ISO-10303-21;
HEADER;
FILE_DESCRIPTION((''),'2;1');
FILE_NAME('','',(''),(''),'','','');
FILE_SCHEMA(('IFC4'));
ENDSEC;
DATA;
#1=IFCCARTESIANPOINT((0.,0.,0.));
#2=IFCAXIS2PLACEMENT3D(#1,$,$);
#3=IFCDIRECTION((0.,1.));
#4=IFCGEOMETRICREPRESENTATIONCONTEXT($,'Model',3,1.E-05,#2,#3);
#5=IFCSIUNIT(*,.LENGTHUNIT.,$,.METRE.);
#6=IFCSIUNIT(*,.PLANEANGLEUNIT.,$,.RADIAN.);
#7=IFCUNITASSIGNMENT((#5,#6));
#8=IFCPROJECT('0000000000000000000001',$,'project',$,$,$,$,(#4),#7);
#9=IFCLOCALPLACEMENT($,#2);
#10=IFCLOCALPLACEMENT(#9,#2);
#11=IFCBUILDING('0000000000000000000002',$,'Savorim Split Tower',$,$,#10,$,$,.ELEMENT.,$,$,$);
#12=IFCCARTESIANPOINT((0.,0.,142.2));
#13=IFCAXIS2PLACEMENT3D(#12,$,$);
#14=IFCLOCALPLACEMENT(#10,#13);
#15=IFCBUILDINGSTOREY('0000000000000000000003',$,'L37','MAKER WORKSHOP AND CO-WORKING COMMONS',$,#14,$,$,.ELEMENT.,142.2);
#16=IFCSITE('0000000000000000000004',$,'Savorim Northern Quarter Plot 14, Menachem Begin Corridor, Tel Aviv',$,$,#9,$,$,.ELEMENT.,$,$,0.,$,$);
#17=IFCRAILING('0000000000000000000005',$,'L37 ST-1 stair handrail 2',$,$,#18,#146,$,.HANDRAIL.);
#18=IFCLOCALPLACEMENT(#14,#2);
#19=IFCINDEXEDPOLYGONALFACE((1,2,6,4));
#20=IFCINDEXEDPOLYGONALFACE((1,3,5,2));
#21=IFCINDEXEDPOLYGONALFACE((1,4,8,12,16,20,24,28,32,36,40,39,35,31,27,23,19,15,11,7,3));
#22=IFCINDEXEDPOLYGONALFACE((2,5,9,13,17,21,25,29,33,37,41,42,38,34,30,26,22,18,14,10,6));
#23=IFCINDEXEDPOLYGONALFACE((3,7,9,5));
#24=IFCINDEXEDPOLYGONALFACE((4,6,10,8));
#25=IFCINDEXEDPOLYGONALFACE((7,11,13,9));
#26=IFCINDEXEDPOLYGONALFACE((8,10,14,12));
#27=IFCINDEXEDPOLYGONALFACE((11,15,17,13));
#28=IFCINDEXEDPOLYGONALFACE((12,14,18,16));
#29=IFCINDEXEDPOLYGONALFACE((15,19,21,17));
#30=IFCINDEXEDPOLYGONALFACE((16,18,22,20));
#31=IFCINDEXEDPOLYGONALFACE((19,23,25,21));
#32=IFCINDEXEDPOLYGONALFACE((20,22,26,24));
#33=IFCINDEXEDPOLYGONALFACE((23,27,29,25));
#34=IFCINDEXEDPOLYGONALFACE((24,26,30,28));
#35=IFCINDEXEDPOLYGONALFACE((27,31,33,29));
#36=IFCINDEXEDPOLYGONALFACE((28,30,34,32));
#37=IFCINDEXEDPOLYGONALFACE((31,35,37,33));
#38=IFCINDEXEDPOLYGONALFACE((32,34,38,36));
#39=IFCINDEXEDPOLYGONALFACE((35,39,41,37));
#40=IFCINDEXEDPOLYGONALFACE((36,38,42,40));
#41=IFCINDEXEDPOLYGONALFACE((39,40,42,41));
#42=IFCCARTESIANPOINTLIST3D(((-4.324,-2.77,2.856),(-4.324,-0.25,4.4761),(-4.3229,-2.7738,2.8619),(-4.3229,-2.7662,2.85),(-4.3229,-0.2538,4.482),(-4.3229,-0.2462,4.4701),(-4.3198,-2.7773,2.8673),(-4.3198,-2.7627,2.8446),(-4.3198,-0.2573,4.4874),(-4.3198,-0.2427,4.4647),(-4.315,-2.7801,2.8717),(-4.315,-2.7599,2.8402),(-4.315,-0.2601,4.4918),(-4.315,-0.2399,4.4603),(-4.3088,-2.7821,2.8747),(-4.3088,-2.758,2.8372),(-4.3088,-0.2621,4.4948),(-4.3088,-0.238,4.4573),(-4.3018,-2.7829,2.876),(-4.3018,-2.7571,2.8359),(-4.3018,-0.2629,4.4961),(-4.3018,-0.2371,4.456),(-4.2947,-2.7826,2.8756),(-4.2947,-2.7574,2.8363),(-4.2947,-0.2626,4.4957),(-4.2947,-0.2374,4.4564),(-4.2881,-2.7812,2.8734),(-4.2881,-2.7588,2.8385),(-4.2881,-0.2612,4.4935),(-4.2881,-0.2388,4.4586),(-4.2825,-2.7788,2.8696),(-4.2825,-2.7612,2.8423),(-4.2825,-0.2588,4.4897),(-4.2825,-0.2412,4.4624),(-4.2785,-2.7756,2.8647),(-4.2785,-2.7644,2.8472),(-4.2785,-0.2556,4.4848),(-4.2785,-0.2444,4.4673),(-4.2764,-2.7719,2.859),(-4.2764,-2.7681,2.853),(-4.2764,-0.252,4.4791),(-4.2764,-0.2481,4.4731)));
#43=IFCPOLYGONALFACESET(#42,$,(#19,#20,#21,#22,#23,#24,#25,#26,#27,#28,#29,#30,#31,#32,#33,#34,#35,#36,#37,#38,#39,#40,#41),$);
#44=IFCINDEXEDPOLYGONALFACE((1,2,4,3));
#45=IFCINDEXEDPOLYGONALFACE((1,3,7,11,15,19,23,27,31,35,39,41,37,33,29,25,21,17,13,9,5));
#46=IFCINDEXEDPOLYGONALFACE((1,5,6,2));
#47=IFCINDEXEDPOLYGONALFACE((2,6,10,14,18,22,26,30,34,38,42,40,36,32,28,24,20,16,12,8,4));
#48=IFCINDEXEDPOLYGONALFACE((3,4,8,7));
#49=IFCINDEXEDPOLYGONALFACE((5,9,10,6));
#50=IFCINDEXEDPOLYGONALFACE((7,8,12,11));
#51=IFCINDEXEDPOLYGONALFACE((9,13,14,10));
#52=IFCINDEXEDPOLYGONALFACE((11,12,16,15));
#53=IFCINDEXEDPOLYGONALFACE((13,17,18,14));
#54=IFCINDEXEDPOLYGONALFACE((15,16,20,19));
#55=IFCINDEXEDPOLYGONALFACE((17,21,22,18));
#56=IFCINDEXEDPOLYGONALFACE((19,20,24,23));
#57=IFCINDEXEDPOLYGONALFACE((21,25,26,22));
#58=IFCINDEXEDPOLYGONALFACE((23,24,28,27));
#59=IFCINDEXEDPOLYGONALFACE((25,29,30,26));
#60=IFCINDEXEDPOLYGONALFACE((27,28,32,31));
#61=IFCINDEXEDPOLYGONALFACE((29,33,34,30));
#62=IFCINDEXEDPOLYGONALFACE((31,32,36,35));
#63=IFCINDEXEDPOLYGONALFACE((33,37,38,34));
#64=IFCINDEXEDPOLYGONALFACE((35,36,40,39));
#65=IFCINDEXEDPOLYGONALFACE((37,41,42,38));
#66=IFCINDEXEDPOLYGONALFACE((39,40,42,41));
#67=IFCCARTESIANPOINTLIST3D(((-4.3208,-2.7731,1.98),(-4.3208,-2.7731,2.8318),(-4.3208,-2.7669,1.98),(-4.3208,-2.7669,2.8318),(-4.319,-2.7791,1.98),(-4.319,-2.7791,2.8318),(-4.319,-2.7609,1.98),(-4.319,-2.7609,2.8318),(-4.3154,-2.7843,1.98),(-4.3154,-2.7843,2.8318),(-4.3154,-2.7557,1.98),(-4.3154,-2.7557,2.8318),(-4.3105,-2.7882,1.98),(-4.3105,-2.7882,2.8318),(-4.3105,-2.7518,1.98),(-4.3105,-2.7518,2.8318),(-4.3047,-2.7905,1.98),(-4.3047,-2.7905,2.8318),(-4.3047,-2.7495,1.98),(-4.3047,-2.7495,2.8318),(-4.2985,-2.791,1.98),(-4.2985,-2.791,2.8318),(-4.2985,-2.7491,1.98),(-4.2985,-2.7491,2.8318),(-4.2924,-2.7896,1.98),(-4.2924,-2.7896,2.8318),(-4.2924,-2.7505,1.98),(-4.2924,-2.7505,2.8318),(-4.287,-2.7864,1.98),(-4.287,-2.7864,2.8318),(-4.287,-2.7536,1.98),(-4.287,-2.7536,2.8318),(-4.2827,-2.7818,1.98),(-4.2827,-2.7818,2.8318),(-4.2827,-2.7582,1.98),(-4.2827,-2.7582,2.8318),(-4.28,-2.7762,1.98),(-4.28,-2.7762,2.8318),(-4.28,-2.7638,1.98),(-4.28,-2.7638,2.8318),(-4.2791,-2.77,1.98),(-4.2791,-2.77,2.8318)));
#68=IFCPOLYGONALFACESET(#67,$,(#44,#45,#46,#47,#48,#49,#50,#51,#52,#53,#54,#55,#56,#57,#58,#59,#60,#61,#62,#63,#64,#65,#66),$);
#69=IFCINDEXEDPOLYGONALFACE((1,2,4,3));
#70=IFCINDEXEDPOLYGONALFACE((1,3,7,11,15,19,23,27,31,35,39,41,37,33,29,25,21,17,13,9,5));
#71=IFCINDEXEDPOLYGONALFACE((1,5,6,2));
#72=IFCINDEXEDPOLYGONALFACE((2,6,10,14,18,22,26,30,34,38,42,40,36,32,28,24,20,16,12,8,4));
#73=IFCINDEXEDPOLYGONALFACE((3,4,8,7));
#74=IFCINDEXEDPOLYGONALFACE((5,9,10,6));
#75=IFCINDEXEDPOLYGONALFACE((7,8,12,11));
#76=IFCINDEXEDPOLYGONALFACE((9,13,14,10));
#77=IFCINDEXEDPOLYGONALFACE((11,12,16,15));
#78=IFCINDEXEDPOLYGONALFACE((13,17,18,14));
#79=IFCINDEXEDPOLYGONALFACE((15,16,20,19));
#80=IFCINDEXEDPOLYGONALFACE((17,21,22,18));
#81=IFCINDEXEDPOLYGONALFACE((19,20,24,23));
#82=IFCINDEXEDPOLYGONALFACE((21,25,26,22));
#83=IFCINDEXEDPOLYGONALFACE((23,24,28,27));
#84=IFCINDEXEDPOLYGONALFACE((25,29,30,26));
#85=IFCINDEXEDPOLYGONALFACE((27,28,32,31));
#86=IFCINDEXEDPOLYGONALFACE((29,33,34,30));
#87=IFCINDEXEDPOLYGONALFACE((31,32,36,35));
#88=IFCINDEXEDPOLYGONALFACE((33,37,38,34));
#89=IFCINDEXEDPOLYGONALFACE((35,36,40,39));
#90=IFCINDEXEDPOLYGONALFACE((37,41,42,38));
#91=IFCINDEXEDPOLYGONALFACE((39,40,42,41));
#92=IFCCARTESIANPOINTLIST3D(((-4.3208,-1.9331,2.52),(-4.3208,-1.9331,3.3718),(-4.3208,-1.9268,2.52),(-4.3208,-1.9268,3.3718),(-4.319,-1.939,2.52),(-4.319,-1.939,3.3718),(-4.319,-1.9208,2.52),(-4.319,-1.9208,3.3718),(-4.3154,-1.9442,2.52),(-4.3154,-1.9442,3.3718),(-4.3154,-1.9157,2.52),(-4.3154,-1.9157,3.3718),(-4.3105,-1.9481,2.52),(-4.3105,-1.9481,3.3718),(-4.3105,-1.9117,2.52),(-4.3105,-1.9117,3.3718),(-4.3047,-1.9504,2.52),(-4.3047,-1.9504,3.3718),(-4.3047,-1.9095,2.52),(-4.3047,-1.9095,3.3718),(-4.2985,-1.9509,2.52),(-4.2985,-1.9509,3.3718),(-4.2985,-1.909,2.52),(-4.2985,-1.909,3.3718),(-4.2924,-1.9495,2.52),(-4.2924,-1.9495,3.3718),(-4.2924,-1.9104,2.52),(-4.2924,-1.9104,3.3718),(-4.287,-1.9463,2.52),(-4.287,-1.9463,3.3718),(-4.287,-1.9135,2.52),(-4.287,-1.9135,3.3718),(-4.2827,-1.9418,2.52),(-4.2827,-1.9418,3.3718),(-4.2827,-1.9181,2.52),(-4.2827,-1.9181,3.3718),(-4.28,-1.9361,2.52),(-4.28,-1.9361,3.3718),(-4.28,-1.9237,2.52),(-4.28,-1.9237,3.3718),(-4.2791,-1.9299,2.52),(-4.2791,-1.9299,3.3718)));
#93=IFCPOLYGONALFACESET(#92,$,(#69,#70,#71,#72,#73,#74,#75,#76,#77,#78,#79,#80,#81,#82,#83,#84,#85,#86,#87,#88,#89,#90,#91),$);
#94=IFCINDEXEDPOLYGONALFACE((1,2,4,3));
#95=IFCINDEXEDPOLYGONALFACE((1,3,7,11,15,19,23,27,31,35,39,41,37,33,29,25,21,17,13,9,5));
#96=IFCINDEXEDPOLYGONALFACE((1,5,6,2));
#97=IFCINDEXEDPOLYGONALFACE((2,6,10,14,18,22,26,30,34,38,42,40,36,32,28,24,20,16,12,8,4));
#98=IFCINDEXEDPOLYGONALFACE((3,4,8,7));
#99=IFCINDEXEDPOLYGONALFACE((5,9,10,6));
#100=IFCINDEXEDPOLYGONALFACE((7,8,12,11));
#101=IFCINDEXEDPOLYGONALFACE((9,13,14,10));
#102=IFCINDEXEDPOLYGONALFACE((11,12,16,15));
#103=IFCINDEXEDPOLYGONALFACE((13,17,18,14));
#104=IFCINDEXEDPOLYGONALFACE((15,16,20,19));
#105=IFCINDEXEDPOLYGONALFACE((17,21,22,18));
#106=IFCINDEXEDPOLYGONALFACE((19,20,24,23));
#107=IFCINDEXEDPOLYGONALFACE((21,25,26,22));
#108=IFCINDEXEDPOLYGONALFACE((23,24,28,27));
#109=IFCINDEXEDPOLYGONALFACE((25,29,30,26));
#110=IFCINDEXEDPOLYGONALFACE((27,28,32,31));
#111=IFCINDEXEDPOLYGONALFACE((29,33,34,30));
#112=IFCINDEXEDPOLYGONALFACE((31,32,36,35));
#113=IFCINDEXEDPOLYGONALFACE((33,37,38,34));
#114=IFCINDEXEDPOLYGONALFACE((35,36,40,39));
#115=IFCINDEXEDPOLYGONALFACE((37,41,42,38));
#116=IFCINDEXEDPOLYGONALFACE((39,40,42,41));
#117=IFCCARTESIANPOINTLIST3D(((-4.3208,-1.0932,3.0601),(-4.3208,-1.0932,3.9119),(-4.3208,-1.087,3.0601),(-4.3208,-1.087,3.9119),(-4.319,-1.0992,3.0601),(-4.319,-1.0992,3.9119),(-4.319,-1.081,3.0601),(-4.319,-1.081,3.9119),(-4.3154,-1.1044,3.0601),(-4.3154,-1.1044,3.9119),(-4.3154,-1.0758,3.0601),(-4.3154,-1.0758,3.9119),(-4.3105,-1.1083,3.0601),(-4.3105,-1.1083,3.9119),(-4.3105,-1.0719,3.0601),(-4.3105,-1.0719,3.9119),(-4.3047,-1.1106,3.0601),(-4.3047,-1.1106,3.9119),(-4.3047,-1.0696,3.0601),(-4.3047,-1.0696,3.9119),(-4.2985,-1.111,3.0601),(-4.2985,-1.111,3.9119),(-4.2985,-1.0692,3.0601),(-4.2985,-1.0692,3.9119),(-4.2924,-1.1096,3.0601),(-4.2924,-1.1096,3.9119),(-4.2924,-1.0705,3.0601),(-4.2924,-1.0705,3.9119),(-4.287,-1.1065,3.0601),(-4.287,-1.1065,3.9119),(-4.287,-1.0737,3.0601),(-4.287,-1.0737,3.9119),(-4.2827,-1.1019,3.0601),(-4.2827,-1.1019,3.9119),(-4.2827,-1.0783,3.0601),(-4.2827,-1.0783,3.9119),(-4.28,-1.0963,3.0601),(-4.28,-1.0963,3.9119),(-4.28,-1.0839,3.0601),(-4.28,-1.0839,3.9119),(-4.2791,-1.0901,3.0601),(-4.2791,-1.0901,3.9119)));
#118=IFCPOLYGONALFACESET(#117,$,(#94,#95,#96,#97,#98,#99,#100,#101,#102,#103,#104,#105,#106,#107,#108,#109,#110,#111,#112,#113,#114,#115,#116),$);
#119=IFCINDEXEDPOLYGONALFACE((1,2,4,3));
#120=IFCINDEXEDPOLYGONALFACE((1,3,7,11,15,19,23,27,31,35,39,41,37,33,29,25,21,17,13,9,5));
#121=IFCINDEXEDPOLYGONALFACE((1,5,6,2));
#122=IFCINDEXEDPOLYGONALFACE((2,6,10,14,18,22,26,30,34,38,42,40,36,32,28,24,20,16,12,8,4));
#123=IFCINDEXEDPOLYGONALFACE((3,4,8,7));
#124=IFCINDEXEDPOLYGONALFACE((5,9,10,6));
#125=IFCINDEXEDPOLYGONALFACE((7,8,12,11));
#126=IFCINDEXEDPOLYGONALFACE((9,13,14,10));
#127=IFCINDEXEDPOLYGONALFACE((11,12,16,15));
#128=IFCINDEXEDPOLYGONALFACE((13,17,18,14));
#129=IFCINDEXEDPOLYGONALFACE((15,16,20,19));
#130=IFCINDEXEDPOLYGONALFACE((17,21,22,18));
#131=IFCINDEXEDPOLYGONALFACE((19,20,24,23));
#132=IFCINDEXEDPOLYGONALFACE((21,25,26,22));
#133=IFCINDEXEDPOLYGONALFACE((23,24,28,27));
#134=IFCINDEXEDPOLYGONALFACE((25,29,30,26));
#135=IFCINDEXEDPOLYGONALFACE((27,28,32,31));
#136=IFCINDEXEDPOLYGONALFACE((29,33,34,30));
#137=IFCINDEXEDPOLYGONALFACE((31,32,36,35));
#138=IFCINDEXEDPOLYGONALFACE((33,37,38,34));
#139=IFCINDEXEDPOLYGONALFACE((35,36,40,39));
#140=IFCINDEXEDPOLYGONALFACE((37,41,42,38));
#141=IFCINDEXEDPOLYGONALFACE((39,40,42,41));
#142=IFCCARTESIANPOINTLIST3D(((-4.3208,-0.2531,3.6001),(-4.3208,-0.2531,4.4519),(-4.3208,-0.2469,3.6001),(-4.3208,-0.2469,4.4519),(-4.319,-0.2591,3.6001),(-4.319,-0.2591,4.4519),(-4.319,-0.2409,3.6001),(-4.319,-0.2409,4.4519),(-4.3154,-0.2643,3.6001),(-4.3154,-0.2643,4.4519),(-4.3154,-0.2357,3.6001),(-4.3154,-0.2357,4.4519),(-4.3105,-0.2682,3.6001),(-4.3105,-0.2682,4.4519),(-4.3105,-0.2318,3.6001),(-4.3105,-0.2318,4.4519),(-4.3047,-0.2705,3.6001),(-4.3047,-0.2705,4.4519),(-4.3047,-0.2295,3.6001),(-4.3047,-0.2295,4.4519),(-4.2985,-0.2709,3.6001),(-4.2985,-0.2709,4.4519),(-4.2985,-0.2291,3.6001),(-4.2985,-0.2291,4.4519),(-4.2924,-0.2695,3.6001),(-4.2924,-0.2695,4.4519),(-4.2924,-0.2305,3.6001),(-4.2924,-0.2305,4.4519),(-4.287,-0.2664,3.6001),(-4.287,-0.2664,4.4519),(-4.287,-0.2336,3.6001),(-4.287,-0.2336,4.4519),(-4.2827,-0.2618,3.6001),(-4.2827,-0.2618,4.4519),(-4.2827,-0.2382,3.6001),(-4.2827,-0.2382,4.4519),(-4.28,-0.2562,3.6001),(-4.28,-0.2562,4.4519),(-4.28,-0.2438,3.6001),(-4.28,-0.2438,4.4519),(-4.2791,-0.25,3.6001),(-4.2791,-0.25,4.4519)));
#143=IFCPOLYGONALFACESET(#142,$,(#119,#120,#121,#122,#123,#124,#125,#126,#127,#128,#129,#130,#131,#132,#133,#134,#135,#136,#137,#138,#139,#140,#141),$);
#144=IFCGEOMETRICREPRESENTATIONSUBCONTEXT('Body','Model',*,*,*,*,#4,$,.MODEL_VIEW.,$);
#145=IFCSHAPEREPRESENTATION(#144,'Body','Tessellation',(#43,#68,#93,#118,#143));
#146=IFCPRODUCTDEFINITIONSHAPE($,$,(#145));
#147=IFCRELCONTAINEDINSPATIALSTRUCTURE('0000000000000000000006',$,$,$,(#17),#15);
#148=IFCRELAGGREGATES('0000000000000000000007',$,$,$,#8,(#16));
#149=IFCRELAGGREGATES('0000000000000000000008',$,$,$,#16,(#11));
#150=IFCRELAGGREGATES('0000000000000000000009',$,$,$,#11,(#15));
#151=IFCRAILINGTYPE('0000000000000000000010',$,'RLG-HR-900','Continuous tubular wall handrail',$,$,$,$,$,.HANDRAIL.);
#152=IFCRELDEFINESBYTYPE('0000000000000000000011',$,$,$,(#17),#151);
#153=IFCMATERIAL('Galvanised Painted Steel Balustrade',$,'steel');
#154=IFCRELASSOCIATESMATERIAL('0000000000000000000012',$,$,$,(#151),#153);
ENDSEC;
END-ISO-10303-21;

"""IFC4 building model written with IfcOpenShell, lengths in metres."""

from ifc_helpers import new_model, si_unit, direction, frame, origin, origin_2d, place, context, subcontext, project, spatial, circle, extrude, material, type_object, element, save


model = new_model("IFC4")

# Units and contexts
model_context = context("Model", 3, precision=1e-05, world=origin(), true_north=direction((0.0, 1.0)))
body_context = subcontext(model_context, "Body", "Model", "MODEL_VIEW")
ifc_project = project(units=[si_unit("LENGTHUNIT", "METRE"), si_unit("PLANEANGLEUNIT", "RADIAN")], contexts=[model_context])

# Site, building, storey
site_placement = place(None, origin())
site = spatial("IfcSite", under=ifc_project, at=site_placement, Name="Savorim Northern Quarter Plot 14, Menachem Begin Corridor, Tel Aviv", CompositionType="ELEMENT", RefElevation=0.0)
building_placement = place(site_placement, origin())
building = spatial("IfcBuilding", under=site, at=building_placement, Name="Savorim Split Tower", CompositionType="ELEMENT")
storey_placement = place(building_placement, frame((0.0, 0.0, 142.2)))
storey = spatial("IfcBuildingStorey", under=building, at=storey_placement, Name="L37", Description="MAKER WORKSHOP AND CO-WORKING COMMONS", CompositionType="ELEMENT", Elevation=142.2)

# Railing
ifc_material_1 = material(Name="Galvanised Painted Steel Balustrade", Category="steel")
railing_type_1 = type_object("IfcRailingType", Name="RLG-HR-900", Description="Continuous tubular wall handrail", PredefinedType="HANDRAIL", material=ifc_material_1)
railing_1_placement = place(storey_placement, frame((-4.3, -2.77, 1.98)))
element("IfcRailing", 1, at=railing_1_placement, inside=storey, type_object=railing_type_1, Name="L37 ST-1 stair handrail 2", PredefinedType="HANDRAIL", context=body_context, shape_type="SweptSolid", body=[
    extrude(circle(Radius=0.0239, at=origin_2d()), frame((0.0, 0.0, 0.876), z_axis=(0.0, 0.841163, 0.540782), x_axis=(-1.0, 0.0, 0.0)), (0.0, 0.0, 1.0), 2.9958),
    extrude(circle(Radius=0.021, at=origin_2d()), origin(), (0.0, 0.0, 1.0), 0.8518),
    extrude(circle(Radius=0.021, at=origin_2d()), frame((0.0, 0.8401, 0.54)), (0.0, 0.0, 1.0), 0.8518),
    extrude(circle(Radius=0.021, at=origin_2d()), frame((0.0, 1.6799, 1.0801)), (0.0, 0.0, 1.0), 0.8518),
    extrude(circle(Radius=0.021, at=origin_2d()), frame((0.0, 2.52, 1.6201)), (0.0, 0.0, 1.0), 0.8518),
])

save(model, "model.ifc")
